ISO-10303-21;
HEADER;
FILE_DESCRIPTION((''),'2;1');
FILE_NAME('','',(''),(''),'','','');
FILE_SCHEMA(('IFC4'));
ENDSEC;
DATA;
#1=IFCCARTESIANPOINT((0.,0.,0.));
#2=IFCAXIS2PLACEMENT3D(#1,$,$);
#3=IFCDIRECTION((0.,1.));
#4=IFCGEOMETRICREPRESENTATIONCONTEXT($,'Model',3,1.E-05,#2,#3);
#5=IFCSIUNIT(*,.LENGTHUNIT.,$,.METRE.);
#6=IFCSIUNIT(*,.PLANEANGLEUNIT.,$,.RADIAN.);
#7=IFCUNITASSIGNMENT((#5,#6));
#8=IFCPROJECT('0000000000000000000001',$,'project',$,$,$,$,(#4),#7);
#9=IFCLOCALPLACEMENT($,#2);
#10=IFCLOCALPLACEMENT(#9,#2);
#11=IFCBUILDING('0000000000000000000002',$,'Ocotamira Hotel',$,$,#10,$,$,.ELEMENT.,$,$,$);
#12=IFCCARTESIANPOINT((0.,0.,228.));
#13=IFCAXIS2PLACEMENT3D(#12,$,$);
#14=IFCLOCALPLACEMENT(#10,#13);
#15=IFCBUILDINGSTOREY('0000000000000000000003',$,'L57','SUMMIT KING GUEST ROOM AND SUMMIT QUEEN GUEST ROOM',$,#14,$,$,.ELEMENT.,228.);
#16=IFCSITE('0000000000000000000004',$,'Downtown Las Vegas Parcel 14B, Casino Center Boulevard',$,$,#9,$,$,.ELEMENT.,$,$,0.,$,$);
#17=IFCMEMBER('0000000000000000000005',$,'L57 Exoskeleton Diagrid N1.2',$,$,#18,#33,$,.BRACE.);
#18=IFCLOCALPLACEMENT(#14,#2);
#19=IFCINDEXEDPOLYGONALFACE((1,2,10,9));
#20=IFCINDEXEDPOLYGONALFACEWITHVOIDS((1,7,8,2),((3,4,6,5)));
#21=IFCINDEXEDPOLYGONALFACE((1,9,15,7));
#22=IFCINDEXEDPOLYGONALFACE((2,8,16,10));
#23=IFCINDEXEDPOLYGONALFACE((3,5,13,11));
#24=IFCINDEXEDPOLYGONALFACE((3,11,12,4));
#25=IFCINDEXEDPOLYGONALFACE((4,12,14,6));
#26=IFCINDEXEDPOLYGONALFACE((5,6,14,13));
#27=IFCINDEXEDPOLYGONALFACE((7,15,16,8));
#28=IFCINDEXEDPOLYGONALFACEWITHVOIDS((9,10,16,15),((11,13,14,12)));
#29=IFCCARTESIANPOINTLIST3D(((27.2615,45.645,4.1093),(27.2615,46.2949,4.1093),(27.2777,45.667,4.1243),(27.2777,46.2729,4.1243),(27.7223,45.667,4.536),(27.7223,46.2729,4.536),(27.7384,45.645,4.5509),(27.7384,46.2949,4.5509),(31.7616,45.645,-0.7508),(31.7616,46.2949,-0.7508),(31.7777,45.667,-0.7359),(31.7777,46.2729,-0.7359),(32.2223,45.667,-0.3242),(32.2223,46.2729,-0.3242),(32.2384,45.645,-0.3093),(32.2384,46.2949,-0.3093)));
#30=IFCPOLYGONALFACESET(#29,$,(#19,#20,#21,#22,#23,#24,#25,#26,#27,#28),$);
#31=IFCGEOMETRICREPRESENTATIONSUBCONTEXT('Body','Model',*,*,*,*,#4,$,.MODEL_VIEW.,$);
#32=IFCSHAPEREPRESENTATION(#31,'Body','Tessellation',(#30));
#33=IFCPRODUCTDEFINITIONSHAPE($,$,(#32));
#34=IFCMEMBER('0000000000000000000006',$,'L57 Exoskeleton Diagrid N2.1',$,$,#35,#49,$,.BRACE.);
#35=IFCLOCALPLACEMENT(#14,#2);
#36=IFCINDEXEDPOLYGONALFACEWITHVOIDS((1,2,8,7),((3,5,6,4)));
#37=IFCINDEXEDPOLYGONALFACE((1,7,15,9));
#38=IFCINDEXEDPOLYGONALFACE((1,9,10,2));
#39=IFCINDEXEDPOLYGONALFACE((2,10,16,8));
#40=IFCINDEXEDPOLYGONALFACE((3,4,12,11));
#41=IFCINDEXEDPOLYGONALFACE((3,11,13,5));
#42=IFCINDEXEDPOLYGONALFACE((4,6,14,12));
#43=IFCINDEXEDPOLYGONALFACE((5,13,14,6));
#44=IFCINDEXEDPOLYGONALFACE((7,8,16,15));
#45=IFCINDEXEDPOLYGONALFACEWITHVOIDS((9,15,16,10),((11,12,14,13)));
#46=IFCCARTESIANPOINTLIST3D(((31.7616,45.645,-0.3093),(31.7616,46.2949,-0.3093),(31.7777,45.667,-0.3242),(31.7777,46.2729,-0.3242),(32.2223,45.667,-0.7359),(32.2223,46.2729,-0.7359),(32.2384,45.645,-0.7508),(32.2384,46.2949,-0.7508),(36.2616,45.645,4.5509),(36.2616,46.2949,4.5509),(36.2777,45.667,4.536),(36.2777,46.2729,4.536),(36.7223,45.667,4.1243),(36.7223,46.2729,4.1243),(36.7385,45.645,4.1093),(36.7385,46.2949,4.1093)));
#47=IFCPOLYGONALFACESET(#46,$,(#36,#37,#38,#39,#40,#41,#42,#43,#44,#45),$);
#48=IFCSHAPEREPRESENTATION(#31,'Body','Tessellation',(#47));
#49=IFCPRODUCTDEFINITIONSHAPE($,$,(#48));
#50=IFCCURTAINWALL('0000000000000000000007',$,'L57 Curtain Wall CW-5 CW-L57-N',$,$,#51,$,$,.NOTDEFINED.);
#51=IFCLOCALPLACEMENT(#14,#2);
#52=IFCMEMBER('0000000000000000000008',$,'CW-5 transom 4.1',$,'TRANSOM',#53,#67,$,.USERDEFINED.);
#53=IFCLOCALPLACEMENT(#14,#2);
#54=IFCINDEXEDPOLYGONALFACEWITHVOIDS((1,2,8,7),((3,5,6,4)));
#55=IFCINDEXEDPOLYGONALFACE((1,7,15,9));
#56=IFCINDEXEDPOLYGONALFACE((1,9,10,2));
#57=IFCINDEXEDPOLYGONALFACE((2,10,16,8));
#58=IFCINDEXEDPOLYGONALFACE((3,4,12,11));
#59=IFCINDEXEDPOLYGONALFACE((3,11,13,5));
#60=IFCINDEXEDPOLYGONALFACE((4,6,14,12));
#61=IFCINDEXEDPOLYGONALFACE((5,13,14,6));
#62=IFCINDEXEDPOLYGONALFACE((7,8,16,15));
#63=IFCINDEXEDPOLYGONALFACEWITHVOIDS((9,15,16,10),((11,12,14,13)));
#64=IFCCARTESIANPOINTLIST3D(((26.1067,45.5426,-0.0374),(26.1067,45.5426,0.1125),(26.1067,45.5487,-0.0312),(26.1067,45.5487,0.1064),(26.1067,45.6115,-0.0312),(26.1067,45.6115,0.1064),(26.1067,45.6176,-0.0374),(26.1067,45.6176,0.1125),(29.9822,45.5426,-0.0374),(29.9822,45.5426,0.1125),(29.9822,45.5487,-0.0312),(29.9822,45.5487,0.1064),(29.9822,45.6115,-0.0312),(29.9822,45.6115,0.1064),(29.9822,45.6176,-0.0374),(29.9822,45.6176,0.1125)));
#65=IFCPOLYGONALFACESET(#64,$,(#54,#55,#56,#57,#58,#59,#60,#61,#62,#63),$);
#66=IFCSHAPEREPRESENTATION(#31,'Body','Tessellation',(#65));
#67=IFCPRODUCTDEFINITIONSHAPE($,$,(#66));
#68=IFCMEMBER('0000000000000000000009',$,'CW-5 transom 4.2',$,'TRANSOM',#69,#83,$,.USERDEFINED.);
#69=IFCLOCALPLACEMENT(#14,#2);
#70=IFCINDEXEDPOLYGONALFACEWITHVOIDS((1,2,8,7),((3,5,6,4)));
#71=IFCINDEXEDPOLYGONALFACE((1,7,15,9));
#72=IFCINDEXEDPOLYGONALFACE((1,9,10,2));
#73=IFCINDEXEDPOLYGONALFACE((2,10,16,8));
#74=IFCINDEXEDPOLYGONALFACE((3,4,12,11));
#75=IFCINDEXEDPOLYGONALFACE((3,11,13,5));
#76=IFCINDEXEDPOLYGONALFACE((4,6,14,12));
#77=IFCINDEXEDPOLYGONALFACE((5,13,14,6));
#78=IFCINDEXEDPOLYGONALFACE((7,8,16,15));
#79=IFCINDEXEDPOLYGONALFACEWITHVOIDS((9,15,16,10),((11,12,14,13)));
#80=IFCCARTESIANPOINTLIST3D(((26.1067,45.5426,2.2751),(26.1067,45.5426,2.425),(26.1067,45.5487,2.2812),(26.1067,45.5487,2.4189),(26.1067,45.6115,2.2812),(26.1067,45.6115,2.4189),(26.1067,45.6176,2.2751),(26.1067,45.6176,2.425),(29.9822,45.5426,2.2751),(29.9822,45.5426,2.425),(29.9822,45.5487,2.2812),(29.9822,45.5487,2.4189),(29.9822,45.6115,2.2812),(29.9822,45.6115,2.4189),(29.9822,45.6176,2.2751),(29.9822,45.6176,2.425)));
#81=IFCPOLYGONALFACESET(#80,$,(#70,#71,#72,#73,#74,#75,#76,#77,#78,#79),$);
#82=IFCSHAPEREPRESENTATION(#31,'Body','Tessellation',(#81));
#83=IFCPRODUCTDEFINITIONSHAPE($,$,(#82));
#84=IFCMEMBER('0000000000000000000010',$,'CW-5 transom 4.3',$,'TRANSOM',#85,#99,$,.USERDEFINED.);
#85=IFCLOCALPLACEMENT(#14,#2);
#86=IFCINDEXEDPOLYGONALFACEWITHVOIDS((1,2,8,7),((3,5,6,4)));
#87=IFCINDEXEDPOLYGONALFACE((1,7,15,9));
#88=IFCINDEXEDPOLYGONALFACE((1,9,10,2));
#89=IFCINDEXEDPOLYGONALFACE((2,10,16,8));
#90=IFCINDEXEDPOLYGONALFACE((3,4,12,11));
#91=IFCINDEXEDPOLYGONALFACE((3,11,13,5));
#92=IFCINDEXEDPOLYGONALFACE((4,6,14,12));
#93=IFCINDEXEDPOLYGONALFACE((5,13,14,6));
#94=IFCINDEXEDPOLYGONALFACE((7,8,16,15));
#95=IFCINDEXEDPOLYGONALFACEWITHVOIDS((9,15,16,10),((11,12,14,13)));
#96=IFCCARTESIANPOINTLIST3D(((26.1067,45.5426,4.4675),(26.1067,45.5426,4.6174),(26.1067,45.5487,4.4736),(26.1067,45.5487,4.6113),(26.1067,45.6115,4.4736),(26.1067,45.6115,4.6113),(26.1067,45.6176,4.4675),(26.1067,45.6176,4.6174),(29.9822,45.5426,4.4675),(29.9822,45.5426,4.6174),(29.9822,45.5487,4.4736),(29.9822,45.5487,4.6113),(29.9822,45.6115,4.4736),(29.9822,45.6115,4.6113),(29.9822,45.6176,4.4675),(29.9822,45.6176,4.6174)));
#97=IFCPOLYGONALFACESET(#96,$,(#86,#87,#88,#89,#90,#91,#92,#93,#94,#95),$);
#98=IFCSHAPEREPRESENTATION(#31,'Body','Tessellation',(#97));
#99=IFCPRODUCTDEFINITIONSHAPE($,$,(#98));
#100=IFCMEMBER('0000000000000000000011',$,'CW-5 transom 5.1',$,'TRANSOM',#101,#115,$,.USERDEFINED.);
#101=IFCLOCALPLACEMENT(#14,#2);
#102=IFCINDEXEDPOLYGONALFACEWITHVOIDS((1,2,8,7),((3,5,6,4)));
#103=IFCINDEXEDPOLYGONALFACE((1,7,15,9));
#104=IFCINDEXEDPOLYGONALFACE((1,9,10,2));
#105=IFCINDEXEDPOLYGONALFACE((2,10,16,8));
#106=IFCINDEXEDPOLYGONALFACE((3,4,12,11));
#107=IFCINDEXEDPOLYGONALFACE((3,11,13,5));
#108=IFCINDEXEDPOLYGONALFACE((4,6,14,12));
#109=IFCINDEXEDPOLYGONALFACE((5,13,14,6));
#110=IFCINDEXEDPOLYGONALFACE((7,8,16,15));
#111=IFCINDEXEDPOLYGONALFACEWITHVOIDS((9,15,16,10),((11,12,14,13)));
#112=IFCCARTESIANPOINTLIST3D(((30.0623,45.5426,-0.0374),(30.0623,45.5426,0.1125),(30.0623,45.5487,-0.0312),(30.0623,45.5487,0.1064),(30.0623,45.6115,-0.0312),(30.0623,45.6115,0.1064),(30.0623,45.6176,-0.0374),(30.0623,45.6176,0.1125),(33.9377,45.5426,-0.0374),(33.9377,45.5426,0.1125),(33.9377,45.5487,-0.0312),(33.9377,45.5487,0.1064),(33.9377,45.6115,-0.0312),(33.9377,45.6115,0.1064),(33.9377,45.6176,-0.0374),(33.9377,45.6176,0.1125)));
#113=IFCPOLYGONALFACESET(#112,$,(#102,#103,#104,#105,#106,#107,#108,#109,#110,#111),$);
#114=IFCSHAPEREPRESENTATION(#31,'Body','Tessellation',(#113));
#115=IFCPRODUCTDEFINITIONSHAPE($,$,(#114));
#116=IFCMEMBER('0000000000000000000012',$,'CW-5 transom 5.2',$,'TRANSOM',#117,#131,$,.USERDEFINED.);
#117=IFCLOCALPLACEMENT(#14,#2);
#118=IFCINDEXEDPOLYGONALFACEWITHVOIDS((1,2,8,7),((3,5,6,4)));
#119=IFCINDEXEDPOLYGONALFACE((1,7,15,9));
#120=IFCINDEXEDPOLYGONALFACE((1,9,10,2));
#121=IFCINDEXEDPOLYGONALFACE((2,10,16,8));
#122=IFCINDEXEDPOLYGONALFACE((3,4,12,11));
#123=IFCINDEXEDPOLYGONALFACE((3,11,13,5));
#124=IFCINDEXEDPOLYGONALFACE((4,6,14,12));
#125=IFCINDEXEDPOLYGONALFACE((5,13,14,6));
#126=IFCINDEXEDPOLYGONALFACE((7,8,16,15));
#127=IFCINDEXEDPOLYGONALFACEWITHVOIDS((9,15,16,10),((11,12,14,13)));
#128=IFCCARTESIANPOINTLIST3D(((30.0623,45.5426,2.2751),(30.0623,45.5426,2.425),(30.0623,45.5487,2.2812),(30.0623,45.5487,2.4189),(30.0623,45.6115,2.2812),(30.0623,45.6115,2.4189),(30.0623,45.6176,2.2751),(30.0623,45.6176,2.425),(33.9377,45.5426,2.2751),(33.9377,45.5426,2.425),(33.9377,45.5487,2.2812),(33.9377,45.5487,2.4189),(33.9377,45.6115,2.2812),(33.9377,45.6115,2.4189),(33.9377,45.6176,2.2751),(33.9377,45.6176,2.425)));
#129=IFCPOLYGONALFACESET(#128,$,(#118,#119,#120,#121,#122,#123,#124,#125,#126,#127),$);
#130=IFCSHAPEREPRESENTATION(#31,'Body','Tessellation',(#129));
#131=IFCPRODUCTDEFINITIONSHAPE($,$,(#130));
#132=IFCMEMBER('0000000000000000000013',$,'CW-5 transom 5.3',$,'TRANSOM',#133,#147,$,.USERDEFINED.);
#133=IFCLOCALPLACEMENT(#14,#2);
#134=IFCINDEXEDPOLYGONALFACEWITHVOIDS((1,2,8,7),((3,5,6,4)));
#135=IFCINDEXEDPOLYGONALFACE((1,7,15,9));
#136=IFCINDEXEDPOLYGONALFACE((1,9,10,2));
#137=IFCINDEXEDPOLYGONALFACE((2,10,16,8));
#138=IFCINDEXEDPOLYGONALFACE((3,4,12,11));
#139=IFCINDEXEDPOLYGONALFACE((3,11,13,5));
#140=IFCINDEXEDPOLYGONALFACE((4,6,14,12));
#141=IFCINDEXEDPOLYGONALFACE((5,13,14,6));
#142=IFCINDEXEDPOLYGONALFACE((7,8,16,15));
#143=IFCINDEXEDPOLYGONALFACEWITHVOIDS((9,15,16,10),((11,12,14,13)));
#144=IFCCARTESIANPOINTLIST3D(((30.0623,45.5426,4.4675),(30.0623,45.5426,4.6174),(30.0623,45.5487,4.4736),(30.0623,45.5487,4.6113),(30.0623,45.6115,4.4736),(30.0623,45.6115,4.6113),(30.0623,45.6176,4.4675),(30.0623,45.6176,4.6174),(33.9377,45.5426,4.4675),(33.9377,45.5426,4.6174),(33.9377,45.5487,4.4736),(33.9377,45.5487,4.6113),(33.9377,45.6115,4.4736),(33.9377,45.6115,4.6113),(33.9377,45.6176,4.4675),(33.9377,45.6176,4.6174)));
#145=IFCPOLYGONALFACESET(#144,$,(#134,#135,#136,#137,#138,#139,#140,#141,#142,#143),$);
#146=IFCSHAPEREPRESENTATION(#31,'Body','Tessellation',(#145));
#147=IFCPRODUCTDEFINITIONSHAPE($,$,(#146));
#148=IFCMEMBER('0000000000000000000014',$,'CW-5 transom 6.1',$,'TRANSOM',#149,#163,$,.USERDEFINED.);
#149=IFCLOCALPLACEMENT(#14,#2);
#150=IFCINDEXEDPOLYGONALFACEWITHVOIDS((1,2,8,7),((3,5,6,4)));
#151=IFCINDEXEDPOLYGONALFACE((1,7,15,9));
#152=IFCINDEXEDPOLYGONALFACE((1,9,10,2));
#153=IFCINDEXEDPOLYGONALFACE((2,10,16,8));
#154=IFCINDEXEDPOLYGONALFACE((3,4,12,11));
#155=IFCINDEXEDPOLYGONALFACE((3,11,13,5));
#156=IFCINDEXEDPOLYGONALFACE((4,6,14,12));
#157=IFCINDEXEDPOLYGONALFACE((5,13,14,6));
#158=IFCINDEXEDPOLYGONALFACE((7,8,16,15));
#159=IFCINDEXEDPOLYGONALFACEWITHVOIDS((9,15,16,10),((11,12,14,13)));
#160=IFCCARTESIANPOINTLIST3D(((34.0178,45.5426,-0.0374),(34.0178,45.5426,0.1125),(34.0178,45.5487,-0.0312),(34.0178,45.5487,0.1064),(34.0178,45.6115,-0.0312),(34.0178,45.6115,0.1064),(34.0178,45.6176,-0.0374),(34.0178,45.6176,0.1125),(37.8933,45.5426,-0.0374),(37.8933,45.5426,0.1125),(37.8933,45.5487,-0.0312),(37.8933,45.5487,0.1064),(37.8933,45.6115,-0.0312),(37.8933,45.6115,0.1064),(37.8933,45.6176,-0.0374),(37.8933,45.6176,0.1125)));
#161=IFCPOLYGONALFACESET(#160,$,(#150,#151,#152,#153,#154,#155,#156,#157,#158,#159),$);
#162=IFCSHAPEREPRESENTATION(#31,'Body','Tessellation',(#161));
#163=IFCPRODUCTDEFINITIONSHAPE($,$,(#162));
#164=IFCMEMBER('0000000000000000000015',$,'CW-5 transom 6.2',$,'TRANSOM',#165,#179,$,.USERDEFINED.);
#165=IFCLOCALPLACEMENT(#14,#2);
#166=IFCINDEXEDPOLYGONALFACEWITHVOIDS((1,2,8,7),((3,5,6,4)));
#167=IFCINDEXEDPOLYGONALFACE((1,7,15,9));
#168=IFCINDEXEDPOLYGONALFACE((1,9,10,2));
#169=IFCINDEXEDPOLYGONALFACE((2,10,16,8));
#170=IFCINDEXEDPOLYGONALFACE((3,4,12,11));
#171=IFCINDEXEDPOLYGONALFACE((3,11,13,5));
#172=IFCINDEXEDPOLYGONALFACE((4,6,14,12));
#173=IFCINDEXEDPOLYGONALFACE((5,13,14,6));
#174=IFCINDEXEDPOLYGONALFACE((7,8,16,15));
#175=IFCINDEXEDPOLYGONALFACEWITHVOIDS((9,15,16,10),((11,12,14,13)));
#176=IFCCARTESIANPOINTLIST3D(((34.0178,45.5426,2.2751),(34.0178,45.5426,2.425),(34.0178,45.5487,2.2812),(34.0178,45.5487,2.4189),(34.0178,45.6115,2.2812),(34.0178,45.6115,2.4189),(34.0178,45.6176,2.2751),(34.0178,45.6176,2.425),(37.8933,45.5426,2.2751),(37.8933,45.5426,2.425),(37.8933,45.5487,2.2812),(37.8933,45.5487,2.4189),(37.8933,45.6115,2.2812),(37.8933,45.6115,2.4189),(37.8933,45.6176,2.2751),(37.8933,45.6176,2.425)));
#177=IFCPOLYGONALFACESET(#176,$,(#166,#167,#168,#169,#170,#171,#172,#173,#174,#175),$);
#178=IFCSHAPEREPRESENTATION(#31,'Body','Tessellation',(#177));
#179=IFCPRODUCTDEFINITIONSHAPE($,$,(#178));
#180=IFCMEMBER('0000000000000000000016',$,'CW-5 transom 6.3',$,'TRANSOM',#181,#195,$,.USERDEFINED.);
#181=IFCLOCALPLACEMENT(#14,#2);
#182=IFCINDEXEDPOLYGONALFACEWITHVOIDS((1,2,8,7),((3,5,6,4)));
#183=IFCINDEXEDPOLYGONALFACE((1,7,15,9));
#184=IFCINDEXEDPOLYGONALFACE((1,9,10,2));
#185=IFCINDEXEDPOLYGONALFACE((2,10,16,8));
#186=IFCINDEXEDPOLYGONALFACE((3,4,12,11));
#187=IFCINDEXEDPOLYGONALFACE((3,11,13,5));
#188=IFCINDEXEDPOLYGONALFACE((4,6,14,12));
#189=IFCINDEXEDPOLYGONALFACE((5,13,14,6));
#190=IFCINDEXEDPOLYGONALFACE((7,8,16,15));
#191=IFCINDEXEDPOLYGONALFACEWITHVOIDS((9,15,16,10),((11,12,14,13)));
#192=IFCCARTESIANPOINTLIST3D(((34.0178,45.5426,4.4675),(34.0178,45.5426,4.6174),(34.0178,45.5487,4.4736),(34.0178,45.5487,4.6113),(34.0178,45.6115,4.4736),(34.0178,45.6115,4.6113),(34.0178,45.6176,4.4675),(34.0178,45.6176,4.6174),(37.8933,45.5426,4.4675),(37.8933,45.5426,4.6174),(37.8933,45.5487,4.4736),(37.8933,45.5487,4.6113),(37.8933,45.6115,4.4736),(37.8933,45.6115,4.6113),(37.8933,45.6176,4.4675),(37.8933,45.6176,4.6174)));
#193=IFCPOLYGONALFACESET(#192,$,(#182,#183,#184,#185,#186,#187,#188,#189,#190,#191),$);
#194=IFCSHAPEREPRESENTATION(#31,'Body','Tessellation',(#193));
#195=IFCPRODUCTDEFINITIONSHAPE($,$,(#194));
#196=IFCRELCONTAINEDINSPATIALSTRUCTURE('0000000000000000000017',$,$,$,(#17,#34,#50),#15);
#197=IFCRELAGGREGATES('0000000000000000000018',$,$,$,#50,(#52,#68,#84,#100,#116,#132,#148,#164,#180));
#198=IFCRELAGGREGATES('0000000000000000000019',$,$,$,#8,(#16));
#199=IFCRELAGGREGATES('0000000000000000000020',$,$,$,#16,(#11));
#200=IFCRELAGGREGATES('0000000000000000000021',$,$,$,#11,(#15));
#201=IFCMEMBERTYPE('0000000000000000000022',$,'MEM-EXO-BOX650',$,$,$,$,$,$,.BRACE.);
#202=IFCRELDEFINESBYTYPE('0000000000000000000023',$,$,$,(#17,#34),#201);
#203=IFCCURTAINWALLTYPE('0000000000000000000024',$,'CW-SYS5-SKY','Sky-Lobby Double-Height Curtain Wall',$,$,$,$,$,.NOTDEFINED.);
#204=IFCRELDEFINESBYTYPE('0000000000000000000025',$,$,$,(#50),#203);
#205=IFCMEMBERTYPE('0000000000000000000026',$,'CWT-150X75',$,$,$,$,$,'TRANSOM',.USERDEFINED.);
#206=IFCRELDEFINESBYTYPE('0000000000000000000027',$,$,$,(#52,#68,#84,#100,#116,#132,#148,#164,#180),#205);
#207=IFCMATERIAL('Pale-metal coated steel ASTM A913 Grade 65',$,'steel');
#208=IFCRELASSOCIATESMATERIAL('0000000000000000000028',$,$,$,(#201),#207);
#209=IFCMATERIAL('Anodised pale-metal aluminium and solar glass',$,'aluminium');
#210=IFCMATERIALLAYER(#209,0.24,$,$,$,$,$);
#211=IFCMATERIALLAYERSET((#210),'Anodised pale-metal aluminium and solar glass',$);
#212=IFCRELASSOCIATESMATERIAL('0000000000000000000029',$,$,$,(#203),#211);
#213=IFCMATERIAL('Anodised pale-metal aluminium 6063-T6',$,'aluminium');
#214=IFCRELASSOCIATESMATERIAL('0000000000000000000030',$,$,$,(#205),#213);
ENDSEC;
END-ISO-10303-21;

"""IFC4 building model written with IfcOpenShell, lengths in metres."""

from ifc_helpers import new_model, si_unit, direction, frame, origin, origin_2d, place, context, subcontext, project, spatial, hollow_rectangle, extrude, source, transform, mapped, material, layer, layer_set, material_profile, profile_set, type_object, element, aggregate, save


model = new_model("IFC4")

# Units and contexts
model_context = context("Model", 3, precision=1e-05, world=origin(), true_north=direction((0.0, 1.0)))
body_context = subcontext(model_context, "Body", "Model", "MODEL_VIEW")
ifc_project = project(units=[si_unit("LENGTHUNIT", "METRE"), si_unit("PLANEANGLEUNIT", "RADIAN")], contexts=[model_context])

# Site, building, storey
site_placement = place(None, origin())
site = spatial("IfcSite", under=ifc_project, at=site_placement, Name="Downtown Las Vegas Parcel 14B, Casino Center Boulevard", CompositionType="ELEMENT", RefElevation=0.0)
building_placement = place(site_placement, origin())
building = spatial("IfcBuilding", under=site, at=building_placement, Name="Ocotamira Hotel", CompositionType="ELEMENT")
storey_placement = place(building_placement, frame((0.0, 0.0, 228.0)))
storey = spatial("IfcBuildingStorey", under=building, at=storey_placement, Name="L57", Description="SUMMIT KING GUEST ROOM AND SUMMIT QUEEN GUEST ROOM", CompositionType="ELEMENT", Elevation=228.0)

# Members
ifc_material_1 = material(Name="Pale-metal coated steel ASTM A913 Grade 65", Category="steel")
ifc_material_profile_1 = material_profile(ifc_material_1, hollow_rectangle(XDim=0.6499, YDim=0.6499, WallThickness=0.022, at=origin_2d()), Name="BOX650X650X22")
ifc_profile_set_1 = profile_set([ifc_material_profile_1], Name="Pale-metal coated steel ASTM A913 Grade 65")
member_type_1 = type_object("IfcMemberType", Name="MEM-EXO-BOX650", PredefinedType="BRACE", material=ifc_profile_set_1)
shared_shape_1 = source(origin(), body_context, "Body", "SweptSolid", [
    extrude(hollow_rectangle(XDim=0.6499, YDim=0.6499, WallThickness=0.022, at=origin_2d()), origin(), (0.0, 0.0, 1.0), 6.6235),
])
for number, where, z_axis, x_axis, name in (
    (1, (32.0, 45.97, -0.53), (-0.6794, 0.0, 0.733768), (0.0, -1.0, 0.0), "L57 Exoskeleton Diagrid N1.2"),
    (2, (32.0, 45.97, -0.53), (0.6794, 0.0, 0.733768), (0.0, 1.0, 0.0), "L57 Exoskeleton Diagrid N2.1"),
):
    element("IfcMember", number, at=place(storey_placement, frame(where, z_axis=z_axis, x_axis=x_axis)), inside=storey, type_object=member_type_1, Name=name, PredefinedType="BRACE", context=body_context, shape_type="MappedRepresentation", body=[
        mapped(shared_shape_1, transform((0.0, 0.0, 0.0), scale=1.0)),
    ])

# Curtain wall, members
ifc_material_2 = material(Name="Anodised pale-metal aluminium and solar glass", Category="aluminium")
ifc_layer_1 = layer(ifc_material_2, 0.24)
ifc_layer_set_1 = layer_set([ifc_layer_1], Name="Anodised pale-metal aluminium and solar glass")
curtain_wall_type = type_object("IfcCurtainWallType", Name="CW-SYS5-SKY", Description="Sky-Lobby Double-Height Curtain Wall", PredefinedType="NOTDEFINED", material=ifc_layer_set_1)
curtain_wall_placement = place(storey_placement, origin())
curtain_wall = element("IfcCurtainWall", 3, at=curtain_wall_placement, inside=storey, type_object=curtain_wall_type, Name="L57 Curtain Wall CW-5 CW-L57-N", PredefinedType="NOTDEFINED")
ifc_material_3 = material(Name="Anodised pale-metal aluminium 6063-T6", Category="aluminium")
ifc_material_profile_2 = material_profile(ifc_material_3, hollow_rectangle(XDim=0.075, YDim=0.1499, WallThickness=0.0061, at=origin_2d()), Name="HSS150X75X6")
ifc_profile_set_2 = profile_set([ifc_material_profile_2], Name="Anodised pale-metal aluminium 6063-T6")
member_type_2 = type_object("IfcMemberType", Name="CWT-150X75", ElementType="TRANSOM", PredefinedType="USERDEFINED", material=ifc_profile_set_2)
shared_shape_2 = source(origin(), body_context, "Body", "SweptSolid", [
    extrude(hollow_rectangle(XDim=0.075, YDim=0.1499, WallThickness=0.0061, at=origin_2d()), origin(), (0.0, 0.0, 1.0), 3.8755),
])
member_1_placement = place(storey_placement, frame((26.1067, 45.5801, 0.0376), z_axis=(1.0, 0.0, 0.0), x_axis=(0.0, 1.0, 0.0)))
member_1 = element("IfcMember", 4, at=member_1_placement, type_object=member_type_2, Name="CW-5 transom 4.1", ObjectType="TRANSOM", PredefinedType="USERDEFINED", context=body_context, shape_type="MappedRepresentation", body=[
    mapped(shared_shape_2, transform((0.0, 0.0, 0.0), scale=1.0)),
])
member_2_placement = place(storey_placement, frame((26.1067, 45.5801, 2.3501), z_axis=(1.0, 0.0, 0.0), x_axis=(0.0, 1.0, 0.0)))
member_2 = element("IfcMember", 5, at=member_2_placement, type_object=member_type_2, Name="CW-5 transom 4.2", ObjectType="TRANSOM", PredefinedType="USERDEFINED", context=body_context, shape_type="MappedRepresentation", body=[
    mapped(shared_shape_2, transform((0.0, 0.0, 0.0), scale=1.0)),
])
member_3_placement = place(storey_placement, frame((26.1067, 45.5801, 4.5425), z_axis=(1.0, 0.0, 0.0), x_axis=(0.0, 1.0, 0.0)))
member_3 = element("IfcMember", 6, at=member_3_placement, type_object=member_type_2, Name="CW-5 transom 4.3", ObjectType="TRANSOM", PredefinedType="USERDEFINED", context=body_context, shape_type="MappedRepresentation", body=[
    mapped(shared_shape_2, transform((0.0, 0.0, 0.0), scale=1.0)),
])
member_4_placement = place(storey_placement, frame((30.0623, 45.5801, 0.0376), z_axis=(1.0, 0.0, 0.0), x_axis=(0.0, 1.0, 0.0)))
member_4 = element("IfcMember", 7, at=member_4_placement, type_object=member_type_2, Name="CW-5 transom 5.1", ObjectType="TRANSOM", PredefinedType="USERDEFINED", context=body_context, shape_type="MappedRepresentation", body=[
    mapped(shared_shape_2, transform((0.0, 0.0, 0.0), scale=1.0)),
])
member_5_placement = place(storey_placement, frame((30.0623, 45.5801, 2.3501), z_axis=(1.0, 0.0, 0.0), x_axis=(0.0, 1.0, 0.0)))
member_5 = element("IfcMember", 8, at=member_5_placement, type_object=member_type_2, Name="CW-5 transom 5.2", ObjectType="TRANSOM", PredefinedType="USERDEFINED", context=body_context, shape_type="MappedRepresentation", body=[
    mapped(shared_shape_2, transform((0.0, 0.0, 0.0), scale=1.0)),
])
member_6_placement = place(storey_placement, frame((30.0623, 45.5801, 4.5425), z_axis=(1.0, 0.0, 0.0), x_axis=(0.0, 1.0, 0.0)))
member_6 = element("IfcMember", 9, at=member_6_placement, type_object=member_type_2, Name="CW-5 transom 5.3", ObjectType="TRANSOM", PredefinedType="USERDEFINED", context=body_context, shape_type="MappedRepresentation", body=[
    mapped(shared_shape_2, transform((0.0, 0.0, 0.0), scale=1.0)),
])
member_7_placement = place(storey_placement, frame((34.0178, 45.5801, 0.0376), z_axis=(1.0, 0.0, 0.0), x_axis=(0.0, 1.0, 0.0)))
member_7 = element("IfcMember", 10, at=member_7_placement, type_object=member_type_2, Name="CW-5 transom 6.1", ObjectType="TRANSOM", PredefinedType="USERDEFINED", context=body_context, shape_type="MappedRepresentation", body=[
    mapped(shared_shape_2, transform((0.0, 0.0, 0.0), scale=1.0)),
])
member_8_placement = place(storey_placement, frame((34.0178, 45.5801, 2.3501), z_axis=(1.0, 0.0, 0.0), x_axis=(0.0, 1.0, 0.0)))
member_8 = element("IfcMember", 11, at=member_8_placement, type_object=member_type_2, Name="CW-5 transom 6.2", ObjectType="TRANSOM", PredefinedType="USERDEFINED", context=body_context, shape_type="MappedRepresentation", body=[
    mapped(shared_shape_2, transform((0.0, 0.0, 0.0), scale=1.0)),
])
member_9_placement = place(storey_placement, frame((34.0178, 45.5801, 4.5425), z_axis=(1.0, 0.0, 0.0), x_axis=(0.0, 1.0, 0.0)))
member_9 = element("IfcMember", 12, at=member_9_placement, type_object=member_type_2, Name="CW-5 transom 6.3", ObjectType="TRANSOM", PredefinedType="USERDEFINED", context=body_context, shape_type="MappedRepresentation", body=[
    mapped(shared_shape_2, transform((0.0, 0.0, 0.0), scale=1.0)),
])

aggregate(curtain_wall, [member_1, member_2, member_3, member_4, member_5, member_6, member_7, member_8, member_9])

save(model, "model.ifc")
